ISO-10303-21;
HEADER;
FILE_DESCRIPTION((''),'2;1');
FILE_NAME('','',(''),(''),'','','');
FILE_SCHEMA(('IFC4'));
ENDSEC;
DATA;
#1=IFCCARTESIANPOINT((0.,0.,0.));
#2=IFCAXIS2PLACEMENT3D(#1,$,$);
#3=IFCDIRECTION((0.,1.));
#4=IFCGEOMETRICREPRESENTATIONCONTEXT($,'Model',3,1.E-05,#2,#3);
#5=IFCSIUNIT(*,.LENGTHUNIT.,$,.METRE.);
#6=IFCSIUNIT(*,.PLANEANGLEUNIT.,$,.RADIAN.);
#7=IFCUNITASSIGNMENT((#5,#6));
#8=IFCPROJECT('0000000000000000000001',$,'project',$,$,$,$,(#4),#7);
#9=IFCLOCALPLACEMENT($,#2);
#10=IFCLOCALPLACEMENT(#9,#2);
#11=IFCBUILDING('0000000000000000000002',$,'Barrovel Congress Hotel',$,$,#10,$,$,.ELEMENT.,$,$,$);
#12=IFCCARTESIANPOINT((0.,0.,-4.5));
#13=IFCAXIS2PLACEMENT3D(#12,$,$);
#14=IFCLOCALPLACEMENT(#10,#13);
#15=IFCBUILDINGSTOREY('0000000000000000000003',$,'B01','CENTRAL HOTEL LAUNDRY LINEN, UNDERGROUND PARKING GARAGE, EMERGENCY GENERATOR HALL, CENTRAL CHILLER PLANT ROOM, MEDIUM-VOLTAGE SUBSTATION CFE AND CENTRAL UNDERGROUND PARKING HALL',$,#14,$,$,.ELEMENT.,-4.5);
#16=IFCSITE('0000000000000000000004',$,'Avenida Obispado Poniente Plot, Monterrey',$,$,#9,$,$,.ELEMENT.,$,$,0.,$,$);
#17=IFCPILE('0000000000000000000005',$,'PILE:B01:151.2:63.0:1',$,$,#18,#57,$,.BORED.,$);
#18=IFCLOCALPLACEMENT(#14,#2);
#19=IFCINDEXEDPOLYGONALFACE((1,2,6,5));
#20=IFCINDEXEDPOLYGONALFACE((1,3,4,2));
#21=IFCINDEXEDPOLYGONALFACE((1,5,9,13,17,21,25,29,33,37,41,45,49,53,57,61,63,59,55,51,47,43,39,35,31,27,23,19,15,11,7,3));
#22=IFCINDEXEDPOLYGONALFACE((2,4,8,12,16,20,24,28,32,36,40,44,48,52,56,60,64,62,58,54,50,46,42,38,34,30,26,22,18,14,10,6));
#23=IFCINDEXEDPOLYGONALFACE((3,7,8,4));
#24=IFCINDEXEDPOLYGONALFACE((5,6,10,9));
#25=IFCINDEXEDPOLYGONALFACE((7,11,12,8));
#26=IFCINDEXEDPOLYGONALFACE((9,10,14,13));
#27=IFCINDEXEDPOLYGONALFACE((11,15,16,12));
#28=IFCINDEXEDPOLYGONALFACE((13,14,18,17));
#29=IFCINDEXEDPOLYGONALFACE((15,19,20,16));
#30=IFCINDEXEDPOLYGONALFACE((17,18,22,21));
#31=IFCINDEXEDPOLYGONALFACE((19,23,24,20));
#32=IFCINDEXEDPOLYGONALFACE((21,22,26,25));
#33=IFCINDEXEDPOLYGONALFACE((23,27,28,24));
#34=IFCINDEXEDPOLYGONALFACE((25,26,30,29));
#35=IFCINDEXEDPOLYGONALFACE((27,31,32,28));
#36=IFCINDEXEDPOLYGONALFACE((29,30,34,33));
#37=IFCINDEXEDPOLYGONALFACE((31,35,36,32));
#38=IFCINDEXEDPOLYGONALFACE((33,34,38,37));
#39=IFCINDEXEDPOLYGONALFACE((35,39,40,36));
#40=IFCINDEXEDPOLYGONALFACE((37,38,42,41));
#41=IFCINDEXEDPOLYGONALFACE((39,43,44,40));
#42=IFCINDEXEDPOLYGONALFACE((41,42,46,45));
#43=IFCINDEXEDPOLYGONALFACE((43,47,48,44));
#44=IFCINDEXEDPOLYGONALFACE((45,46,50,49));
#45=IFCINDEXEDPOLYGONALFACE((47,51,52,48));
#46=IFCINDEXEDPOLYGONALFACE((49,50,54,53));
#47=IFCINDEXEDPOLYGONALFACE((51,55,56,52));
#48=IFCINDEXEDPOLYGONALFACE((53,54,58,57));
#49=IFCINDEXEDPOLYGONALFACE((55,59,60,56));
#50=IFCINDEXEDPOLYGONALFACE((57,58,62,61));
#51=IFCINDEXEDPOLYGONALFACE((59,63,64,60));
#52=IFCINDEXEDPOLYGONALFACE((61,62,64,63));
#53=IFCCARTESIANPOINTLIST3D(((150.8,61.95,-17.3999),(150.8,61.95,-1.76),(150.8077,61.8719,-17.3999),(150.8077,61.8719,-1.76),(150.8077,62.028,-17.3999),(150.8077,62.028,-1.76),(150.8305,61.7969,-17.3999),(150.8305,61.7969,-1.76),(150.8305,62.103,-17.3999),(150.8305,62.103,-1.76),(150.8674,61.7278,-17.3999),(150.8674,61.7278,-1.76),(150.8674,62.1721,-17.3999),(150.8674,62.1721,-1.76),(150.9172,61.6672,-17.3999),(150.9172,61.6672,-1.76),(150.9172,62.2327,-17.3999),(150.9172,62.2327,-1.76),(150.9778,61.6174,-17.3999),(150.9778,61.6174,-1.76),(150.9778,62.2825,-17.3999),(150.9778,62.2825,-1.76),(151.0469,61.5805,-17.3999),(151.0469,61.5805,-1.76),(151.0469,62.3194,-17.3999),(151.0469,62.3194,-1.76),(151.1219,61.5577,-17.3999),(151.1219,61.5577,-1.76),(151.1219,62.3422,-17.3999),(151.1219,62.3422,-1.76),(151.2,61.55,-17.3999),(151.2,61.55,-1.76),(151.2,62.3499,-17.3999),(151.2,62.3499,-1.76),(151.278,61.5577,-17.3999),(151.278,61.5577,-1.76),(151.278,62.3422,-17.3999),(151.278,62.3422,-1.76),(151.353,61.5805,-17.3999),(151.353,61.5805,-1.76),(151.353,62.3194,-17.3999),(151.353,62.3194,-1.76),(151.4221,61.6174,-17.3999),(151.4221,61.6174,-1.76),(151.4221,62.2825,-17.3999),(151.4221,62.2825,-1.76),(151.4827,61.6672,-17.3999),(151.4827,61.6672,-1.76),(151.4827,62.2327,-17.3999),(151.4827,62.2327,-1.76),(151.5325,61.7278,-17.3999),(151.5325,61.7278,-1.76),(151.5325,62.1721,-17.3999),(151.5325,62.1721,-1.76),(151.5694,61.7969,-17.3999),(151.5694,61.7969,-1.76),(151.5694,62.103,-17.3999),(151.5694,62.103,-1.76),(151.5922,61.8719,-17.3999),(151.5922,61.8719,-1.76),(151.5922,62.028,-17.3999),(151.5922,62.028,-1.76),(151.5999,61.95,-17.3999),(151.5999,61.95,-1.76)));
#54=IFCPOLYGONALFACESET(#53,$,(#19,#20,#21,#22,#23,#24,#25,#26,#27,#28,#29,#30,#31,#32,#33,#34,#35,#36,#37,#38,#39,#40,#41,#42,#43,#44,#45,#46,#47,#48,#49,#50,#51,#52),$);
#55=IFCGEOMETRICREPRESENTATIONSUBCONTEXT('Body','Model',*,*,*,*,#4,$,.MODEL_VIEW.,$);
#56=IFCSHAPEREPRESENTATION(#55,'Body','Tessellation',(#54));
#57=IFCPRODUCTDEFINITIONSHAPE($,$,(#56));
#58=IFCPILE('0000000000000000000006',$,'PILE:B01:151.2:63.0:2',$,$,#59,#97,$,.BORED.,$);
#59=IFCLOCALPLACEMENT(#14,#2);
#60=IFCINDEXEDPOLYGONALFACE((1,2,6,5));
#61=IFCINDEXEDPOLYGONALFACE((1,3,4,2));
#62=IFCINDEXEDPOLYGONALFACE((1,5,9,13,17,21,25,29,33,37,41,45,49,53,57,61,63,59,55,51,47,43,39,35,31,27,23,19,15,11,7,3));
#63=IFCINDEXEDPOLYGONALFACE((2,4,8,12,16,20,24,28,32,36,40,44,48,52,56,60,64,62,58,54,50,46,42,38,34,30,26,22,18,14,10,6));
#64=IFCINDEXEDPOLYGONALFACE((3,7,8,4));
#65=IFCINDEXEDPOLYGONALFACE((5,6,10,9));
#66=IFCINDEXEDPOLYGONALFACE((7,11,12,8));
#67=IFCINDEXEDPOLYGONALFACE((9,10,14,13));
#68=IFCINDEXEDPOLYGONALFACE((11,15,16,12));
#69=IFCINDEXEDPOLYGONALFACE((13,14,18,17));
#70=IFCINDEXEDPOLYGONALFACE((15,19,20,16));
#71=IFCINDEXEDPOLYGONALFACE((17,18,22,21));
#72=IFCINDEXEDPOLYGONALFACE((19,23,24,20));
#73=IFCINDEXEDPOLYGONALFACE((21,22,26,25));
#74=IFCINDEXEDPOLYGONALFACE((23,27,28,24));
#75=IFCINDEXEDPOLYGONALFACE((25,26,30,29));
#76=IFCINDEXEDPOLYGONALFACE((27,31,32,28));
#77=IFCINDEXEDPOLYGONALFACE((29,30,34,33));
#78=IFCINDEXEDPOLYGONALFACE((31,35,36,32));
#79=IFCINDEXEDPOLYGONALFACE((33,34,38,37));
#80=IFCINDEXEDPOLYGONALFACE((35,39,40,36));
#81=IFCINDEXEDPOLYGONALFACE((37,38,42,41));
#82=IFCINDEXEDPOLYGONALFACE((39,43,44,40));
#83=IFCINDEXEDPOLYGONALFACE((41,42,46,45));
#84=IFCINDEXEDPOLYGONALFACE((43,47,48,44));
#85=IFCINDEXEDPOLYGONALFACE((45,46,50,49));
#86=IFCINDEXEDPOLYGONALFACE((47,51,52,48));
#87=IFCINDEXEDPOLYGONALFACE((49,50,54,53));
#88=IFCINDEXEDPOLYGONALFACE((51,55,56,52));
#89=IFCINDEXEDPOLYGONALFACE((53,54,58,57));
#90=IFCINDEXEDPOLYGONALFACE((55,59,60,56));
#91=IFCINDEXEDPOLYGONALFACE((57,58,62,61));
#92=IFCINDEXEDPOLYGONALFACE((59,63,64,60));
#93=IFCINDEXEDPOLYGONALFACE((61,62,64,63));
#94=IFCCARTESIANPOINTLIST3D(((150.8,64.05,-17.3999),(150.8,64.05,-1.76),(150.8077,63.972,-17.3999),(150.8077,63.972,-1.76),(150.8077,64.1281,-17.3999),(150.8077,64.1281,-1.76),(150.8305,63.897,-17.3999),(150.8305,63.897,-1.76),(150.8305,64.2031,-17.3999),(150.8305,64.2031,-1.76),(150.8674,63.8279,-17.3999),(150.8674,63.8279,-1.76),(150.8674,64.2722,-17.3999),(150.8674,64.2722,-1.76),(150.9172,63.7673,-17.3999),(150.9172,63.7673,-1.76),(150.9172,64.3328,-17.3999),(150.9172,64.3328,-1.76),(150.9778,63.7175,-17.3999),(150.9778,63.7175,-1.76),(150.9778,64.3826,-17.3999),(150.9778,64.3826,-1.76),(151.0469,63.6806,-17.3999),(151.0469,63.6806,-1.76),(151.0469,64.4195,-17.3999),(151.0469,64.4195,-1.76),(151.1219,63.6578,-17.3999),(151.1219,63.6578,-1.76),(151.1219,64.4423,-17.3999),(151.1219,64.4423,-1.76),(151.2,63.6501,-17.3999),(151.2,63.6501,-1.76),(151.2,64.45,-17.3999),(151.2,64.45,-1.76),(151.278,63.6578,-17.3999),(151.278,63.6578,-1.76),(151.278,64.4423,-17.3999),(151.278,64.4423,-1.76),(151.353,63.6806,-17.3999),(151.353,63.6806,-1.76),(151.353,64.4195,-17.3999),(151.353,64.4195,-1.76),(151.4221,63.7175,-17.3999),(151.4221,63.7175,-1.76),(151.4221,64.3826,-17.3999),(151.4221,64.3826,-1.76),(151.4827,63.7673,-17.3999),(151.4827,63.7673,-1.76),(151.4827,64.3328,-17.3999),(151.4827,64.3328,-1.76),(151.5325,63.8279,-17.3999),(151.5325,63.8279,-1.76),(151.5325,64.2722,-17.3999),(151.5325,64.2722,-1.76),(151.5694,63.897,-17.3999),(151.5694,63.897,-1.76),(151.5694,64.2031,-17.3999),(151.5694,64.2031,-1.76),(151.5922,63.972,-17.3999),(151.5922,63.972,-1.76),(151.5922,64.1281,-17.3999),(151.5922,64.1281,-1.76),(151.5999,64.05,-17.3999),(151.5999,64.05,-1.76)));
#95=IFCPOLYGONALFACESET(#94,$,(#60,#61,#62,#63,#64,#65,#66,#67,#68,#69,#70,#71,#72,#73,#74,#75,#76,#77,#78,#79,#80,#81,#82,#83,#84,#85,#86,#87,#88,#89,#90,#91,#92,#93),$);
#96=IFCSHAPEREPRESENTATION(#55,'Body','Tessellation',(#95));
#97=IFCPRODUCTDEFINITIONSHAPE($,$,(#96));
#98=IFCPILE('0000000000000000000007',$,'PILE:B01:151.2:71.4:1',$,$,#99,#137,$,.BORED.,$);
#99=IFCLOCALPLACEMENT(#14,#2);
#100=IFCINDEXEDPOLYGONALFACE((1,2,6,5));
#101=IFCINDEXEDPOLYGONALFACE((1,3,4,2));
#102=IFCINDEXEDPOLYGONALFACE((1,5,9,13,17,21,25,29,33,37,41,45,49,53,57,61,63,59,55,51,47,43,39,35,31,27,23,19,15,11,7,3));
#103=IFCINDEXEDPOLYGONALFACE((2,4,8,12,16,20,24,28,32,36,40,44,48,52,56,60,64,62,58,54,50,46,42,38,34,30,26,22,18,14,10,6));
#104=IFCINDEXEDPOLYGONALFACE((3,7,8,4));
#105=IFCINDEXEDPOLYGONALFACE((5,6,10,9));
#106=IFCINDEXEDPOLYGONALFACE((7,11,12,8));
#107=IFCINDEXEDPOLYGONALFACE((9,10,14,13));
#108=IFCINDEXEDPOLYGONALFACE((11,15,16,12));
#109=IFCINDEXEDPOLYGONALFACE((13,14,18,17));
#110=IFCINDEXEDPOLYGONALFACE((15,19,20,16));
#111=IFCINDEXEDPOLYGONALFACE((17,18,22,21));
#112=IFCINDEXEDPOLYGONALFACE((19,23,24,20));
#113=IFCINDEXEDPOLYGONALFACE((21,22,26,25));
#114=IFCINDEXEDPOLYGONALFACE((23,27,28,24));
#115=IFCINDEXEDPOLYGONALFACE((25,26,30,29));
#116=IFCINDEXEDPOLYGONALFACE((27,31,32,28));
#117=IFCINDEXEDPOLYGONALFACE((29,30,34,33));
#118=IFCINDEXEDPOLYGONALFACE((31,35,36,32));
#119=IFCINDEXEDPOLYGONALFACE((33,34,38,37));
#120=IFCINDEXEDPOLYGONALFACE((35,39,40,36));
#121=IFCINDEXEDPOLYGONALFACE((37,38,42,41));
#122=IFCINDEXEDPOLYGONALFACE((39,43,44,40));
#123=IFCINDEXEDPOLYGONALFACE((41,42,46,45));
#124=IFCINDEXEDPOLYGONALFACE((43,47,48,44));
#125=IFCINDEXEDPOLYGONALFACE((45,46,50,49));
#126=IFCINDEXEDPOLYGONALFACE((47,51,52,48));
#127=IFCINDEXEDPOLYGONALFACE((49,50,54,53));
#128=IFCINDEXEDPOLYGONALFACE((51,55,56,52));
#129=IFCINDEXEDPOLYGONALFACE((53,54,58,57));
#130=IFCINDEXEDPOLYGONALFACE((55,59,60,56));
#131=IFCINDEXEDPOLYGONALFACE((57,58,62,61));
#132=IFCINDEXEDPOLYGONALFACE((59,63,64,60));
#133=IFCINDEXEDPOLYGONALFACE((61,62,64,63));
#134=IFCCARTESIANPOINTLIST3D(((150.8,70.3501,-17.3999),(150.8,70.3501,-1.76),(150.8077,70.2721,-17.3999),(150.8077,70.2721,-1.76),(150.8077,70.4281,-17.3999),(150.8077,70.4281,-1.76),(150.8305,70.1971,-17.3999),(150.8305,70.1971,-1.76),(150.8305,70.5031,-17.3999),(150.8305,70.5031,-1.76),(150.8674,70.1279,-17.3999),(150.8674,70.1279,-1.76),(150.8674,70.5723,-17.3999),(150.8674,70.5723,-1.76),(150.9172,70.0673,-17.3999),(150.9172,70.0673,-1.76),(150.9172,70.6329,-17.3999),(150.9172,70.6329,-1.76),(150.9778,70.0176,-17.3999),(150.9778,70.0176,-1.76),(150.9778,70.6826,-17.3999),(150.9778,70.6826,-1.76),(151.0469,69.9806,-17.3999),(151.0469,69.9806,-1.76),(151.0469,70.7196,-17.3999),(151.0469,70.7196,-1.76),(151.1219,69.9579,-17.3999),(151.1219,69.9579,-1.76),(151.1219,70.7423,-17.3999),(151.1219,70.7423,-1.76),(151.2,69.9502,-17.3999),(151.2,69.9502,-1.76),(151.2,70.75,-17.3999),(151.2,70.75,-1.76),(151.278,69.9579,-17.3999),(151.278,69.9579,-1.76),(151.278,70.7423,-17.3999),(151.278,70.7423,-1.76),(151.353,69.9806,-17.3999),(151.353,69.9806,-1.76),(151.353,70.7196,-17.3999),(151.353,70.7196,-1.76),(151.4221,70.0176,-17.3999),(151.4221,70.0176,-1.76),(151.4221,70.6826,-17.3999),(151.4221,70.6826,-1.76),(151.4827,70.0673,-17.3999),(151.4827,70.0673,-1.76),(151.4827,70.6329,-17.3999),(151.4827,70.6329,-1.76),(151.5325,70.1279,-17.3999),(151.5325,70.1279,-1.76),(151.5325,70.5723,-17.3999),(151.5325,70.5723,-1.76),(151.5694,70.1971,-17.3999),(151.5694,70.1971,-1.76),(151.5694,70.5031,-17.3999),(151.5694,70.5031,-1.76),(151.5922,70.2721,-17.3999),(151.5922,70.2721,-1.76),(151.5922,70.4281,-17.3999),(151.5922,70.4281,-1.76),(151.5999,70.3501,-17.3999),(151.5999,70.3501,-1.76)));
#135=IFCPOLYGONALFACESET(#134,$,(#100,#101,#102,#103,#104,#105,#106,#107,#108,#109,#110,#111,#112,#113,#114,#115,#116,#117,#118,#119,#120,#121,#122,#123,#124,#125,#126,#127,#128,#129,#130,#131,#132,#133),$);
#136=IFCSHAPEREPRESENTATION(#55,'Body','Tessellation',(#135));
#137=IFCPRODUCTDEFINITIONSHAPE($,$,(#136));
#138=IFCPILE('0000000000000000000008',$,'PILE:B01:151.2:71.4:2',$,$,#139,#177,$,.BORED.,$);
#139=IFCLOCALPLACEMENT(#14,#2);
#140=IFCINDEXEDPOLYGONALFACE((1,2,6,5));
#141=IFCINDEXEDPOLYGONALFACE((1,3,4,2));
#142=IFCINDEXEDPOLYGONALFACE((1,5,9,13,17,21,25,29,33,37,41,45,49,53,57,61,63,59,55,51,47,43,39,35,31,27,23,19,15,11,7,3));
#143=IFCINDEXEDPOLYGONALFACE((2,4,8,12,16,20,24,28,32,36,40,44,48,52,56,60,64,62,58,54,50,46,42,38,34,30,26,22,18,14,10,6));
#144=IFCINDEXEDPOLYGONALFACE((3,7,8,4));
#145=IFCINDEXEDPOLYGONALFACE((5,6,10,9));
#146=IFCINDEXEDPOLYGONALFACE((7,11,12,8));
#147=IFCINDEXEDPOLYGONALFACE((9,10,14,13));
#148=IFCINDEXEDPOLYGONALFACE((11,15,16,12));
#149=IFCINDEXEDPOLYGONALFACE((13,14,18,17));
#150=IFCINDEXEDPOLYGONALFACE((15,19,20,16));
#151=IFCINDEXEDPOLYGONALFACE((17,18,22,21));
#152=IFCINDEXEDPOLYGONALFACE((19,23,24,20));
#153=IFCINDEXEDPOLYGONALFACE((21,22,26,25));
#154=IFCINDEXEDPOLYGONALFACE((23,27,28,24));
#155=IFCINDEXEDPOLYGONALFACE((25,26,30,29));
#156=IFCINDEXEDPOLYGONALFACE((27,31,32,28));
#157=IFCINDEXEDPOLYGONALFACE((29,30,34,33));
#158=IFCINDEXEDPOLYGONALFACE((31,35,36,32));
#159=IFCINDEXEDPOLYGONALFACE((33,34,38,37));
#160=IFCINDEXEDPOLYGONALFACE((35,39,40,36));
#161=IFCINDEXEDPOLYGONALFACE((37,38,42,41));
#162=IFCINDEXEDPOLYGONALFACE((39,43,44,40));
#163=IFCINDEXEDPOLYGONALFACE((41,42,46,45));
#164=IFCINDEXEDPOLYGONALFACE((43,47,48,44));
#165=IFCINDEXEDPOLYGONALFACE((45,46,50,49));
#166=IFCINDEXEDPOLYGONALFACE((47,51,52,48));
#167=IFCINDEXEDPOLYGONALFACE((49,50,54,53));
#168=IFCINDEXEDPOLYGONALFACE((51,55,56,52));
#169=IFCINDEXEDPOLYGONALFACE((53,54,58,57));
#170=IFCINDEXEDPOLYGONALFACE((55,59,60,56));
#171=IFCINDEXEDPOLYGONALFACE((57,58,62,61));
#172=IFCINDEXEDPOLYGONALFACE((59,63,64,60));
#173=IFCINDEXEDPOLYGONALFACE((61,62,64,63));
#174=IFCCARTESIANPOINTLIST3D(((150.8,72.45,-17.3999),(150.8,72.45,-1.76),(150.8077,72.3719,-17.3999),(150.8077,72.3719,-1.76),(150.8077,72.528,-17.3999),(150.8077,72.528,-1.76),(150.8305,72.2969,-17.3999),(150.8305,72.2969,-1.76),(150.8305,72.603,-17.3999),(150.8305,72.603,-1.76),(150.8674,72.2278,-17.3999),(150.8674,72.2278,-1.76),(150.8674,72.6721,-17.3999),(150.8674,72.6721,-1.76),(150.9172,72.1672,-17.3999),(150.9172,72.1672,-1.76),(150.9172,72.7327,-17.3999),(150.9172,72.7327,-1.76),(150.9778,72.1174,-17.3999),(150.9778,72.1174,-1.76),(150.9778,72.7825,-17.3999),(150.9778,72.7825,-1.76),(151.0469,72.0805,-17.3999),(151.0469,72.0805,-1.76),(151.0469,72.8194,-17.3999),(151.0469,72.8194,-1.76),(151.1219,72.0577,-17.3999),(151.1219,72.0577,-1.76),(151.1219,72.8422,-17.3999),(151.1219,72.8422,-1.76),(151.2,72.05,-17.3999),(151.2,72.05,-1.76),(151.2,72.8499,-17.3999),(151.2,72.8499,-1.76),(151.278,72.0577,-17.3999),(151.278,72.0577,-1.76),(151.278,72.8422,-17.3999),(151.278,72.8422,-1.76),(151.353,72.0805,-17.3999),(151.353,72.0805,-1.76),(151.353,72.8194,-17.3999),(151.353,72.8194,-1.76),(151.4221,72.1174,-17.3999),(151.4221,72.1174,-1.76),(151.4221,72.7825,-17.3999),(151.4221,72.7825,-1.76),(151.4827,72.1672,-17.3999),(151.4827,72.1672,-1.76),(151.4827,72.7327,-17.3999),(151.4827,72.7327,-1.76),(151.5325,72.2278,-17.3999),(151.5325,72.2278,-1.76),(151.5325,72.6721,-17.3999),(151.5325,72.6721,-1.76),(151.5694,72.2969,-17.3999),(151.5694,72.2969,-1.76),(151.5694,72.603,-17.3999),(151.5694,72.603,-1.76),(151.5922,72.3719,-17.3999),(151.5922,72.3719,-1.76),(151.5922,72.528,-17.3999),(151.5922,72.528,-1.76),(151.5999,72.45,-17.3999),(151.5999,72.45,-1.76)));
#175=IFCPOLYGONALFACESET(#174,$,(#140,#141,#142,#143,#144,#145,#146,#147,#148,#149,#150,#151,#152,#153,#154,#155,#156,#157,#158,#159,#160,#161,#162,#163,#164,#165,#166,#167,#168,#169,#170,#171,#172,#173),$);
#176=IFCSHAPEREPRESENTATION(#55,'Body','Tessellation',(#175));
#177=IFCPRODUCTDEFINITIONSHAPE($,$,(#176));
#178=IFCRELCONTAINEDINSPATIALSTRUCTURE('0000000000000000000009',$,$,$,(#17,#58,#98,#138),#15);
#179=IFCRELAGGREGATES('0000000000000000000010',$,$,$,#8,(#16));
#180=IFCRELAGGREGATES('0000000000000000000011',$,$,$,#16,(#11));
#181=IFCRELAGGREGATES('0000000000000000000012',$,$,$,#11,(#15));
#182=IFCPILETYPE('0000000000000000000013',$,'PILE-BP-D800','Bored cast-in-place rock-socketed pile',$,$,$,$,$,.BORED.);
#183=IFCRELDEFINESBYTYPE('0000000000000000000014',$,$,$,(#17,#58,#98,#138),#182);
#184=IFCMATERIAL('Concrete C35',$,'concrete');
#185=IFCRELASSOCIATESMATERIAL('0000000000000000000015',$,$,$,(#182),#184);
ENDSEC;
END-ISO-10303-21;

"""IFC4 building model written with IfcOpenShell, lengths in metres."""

from ifc_helpers import new_model, si_unit, direction, frame, origin, origin_2d, place, context, subcontext, project, spatial, circle, extrude, material, material_profile, profile_set, type_object, element, save


model = new_model("IFC4")

# Units and contexts
model_context = context("Model", 3, precision=1e-05, world=origin(), true_north=direction((0.0, 1.0)))
body_context = subcontext(model_context, "Body", "Model", "MODEL_VIEW")
ifc_project = project(units=[si_unit("LENGTHUNIT", "METRE"), si_unit("PLANEANGLEUNIT", "RADIAN")], contexts=[model_context])

# Site, building, storey
site_placement = place(None, origin())
site = spatial("IfcSite", under=ifc_project, at=site_placement, Name="Avenida Obispado Poniente Plot, Monterrey", CompositionType="ELEMENT", RefElevation=0.0)
building_placement = place(site_placement, origin())
building = spatial("IfcBuilding", under=site, at=building_placement, Name="Barrovel Congress Hotel", CompositionType="ELEMENT")
storey_placement = place(building_placement, frame((0.0, 0.0, -4.5)))
storey = spatial("IfcBuildingStorey", under=building, at=storey_placement, Name="B01", Description="CENTRAL HOTEL LAUNDRY LINEN, UNDERGROUND PARKING GARAGE, EMERGENCY GENERATOR HALL, CENTRAL CHILLER PLANT ROOM, MEDIUM-VOLTAGE SUBSTATION CFE AND CENTRAL UNDERGROUND PARKING HALL", CompositionType="ELEMENT", Elevation=-4.5)

# Piles
ifc_material_1 = material(Name="Concrete C35", Category="concrete")
ifc_material_profile_1 = material_profile(ifc_material_1, circle(Radius=0.3999, at=origin_2d()), Name="BP-D800")
ifc_profile_set_1 = profile_set([ifc_material_profile_1], Name="Concrete C35")
pile_type_1 = type_object("IfcPileType", Name="PILE-BP-D800", Description="Bored cast-in-place rock-socketed pile", PredefinedType="BORED", material=ifc_profile_set_1)
for number, where, z_axis, x_axis, name in (
    (1, (151.2, 61.95, -1.76), (0.0, 0.0, -1.0), (1.0, 0.0, 0.0), "PILE:B01:151.2:63.0:1"),
    (2, (151.2, 64.05, -1.76), (0.0, 0.0, -1.0), (1.0, 0.0, 0.0), "PILE:B01:151.2:63.0:2"),
    (3, (151.2, 70.3501, -1.76), (0.0, 0.0, -1.0), (1.0, 0.0, 0.0), "PILE:B01:151.2:71.4:1"),
    (4, (151.2, 72.45, -1.76), (0.0, 0.0, -1.0), (1.0, 0.0, 0.0), "PILE:B01:151.2:71.4:2"),
):
    element("IfcPile", number, at=place(storey_placement, frame(where, z_axis=z_axis, x_axis=x_axis)), inside=storey, type_object=pile_type_1, Name=name, PredefinedType="BORED", context=body_context, shape_type="SweptSolid", body=[
        extrude(circle(Radius=0.3999, at=origin_2d()), origin(), (0.0, 0.0, 1.0), 15.6399),
    ])

save(model, "model.ifc")
